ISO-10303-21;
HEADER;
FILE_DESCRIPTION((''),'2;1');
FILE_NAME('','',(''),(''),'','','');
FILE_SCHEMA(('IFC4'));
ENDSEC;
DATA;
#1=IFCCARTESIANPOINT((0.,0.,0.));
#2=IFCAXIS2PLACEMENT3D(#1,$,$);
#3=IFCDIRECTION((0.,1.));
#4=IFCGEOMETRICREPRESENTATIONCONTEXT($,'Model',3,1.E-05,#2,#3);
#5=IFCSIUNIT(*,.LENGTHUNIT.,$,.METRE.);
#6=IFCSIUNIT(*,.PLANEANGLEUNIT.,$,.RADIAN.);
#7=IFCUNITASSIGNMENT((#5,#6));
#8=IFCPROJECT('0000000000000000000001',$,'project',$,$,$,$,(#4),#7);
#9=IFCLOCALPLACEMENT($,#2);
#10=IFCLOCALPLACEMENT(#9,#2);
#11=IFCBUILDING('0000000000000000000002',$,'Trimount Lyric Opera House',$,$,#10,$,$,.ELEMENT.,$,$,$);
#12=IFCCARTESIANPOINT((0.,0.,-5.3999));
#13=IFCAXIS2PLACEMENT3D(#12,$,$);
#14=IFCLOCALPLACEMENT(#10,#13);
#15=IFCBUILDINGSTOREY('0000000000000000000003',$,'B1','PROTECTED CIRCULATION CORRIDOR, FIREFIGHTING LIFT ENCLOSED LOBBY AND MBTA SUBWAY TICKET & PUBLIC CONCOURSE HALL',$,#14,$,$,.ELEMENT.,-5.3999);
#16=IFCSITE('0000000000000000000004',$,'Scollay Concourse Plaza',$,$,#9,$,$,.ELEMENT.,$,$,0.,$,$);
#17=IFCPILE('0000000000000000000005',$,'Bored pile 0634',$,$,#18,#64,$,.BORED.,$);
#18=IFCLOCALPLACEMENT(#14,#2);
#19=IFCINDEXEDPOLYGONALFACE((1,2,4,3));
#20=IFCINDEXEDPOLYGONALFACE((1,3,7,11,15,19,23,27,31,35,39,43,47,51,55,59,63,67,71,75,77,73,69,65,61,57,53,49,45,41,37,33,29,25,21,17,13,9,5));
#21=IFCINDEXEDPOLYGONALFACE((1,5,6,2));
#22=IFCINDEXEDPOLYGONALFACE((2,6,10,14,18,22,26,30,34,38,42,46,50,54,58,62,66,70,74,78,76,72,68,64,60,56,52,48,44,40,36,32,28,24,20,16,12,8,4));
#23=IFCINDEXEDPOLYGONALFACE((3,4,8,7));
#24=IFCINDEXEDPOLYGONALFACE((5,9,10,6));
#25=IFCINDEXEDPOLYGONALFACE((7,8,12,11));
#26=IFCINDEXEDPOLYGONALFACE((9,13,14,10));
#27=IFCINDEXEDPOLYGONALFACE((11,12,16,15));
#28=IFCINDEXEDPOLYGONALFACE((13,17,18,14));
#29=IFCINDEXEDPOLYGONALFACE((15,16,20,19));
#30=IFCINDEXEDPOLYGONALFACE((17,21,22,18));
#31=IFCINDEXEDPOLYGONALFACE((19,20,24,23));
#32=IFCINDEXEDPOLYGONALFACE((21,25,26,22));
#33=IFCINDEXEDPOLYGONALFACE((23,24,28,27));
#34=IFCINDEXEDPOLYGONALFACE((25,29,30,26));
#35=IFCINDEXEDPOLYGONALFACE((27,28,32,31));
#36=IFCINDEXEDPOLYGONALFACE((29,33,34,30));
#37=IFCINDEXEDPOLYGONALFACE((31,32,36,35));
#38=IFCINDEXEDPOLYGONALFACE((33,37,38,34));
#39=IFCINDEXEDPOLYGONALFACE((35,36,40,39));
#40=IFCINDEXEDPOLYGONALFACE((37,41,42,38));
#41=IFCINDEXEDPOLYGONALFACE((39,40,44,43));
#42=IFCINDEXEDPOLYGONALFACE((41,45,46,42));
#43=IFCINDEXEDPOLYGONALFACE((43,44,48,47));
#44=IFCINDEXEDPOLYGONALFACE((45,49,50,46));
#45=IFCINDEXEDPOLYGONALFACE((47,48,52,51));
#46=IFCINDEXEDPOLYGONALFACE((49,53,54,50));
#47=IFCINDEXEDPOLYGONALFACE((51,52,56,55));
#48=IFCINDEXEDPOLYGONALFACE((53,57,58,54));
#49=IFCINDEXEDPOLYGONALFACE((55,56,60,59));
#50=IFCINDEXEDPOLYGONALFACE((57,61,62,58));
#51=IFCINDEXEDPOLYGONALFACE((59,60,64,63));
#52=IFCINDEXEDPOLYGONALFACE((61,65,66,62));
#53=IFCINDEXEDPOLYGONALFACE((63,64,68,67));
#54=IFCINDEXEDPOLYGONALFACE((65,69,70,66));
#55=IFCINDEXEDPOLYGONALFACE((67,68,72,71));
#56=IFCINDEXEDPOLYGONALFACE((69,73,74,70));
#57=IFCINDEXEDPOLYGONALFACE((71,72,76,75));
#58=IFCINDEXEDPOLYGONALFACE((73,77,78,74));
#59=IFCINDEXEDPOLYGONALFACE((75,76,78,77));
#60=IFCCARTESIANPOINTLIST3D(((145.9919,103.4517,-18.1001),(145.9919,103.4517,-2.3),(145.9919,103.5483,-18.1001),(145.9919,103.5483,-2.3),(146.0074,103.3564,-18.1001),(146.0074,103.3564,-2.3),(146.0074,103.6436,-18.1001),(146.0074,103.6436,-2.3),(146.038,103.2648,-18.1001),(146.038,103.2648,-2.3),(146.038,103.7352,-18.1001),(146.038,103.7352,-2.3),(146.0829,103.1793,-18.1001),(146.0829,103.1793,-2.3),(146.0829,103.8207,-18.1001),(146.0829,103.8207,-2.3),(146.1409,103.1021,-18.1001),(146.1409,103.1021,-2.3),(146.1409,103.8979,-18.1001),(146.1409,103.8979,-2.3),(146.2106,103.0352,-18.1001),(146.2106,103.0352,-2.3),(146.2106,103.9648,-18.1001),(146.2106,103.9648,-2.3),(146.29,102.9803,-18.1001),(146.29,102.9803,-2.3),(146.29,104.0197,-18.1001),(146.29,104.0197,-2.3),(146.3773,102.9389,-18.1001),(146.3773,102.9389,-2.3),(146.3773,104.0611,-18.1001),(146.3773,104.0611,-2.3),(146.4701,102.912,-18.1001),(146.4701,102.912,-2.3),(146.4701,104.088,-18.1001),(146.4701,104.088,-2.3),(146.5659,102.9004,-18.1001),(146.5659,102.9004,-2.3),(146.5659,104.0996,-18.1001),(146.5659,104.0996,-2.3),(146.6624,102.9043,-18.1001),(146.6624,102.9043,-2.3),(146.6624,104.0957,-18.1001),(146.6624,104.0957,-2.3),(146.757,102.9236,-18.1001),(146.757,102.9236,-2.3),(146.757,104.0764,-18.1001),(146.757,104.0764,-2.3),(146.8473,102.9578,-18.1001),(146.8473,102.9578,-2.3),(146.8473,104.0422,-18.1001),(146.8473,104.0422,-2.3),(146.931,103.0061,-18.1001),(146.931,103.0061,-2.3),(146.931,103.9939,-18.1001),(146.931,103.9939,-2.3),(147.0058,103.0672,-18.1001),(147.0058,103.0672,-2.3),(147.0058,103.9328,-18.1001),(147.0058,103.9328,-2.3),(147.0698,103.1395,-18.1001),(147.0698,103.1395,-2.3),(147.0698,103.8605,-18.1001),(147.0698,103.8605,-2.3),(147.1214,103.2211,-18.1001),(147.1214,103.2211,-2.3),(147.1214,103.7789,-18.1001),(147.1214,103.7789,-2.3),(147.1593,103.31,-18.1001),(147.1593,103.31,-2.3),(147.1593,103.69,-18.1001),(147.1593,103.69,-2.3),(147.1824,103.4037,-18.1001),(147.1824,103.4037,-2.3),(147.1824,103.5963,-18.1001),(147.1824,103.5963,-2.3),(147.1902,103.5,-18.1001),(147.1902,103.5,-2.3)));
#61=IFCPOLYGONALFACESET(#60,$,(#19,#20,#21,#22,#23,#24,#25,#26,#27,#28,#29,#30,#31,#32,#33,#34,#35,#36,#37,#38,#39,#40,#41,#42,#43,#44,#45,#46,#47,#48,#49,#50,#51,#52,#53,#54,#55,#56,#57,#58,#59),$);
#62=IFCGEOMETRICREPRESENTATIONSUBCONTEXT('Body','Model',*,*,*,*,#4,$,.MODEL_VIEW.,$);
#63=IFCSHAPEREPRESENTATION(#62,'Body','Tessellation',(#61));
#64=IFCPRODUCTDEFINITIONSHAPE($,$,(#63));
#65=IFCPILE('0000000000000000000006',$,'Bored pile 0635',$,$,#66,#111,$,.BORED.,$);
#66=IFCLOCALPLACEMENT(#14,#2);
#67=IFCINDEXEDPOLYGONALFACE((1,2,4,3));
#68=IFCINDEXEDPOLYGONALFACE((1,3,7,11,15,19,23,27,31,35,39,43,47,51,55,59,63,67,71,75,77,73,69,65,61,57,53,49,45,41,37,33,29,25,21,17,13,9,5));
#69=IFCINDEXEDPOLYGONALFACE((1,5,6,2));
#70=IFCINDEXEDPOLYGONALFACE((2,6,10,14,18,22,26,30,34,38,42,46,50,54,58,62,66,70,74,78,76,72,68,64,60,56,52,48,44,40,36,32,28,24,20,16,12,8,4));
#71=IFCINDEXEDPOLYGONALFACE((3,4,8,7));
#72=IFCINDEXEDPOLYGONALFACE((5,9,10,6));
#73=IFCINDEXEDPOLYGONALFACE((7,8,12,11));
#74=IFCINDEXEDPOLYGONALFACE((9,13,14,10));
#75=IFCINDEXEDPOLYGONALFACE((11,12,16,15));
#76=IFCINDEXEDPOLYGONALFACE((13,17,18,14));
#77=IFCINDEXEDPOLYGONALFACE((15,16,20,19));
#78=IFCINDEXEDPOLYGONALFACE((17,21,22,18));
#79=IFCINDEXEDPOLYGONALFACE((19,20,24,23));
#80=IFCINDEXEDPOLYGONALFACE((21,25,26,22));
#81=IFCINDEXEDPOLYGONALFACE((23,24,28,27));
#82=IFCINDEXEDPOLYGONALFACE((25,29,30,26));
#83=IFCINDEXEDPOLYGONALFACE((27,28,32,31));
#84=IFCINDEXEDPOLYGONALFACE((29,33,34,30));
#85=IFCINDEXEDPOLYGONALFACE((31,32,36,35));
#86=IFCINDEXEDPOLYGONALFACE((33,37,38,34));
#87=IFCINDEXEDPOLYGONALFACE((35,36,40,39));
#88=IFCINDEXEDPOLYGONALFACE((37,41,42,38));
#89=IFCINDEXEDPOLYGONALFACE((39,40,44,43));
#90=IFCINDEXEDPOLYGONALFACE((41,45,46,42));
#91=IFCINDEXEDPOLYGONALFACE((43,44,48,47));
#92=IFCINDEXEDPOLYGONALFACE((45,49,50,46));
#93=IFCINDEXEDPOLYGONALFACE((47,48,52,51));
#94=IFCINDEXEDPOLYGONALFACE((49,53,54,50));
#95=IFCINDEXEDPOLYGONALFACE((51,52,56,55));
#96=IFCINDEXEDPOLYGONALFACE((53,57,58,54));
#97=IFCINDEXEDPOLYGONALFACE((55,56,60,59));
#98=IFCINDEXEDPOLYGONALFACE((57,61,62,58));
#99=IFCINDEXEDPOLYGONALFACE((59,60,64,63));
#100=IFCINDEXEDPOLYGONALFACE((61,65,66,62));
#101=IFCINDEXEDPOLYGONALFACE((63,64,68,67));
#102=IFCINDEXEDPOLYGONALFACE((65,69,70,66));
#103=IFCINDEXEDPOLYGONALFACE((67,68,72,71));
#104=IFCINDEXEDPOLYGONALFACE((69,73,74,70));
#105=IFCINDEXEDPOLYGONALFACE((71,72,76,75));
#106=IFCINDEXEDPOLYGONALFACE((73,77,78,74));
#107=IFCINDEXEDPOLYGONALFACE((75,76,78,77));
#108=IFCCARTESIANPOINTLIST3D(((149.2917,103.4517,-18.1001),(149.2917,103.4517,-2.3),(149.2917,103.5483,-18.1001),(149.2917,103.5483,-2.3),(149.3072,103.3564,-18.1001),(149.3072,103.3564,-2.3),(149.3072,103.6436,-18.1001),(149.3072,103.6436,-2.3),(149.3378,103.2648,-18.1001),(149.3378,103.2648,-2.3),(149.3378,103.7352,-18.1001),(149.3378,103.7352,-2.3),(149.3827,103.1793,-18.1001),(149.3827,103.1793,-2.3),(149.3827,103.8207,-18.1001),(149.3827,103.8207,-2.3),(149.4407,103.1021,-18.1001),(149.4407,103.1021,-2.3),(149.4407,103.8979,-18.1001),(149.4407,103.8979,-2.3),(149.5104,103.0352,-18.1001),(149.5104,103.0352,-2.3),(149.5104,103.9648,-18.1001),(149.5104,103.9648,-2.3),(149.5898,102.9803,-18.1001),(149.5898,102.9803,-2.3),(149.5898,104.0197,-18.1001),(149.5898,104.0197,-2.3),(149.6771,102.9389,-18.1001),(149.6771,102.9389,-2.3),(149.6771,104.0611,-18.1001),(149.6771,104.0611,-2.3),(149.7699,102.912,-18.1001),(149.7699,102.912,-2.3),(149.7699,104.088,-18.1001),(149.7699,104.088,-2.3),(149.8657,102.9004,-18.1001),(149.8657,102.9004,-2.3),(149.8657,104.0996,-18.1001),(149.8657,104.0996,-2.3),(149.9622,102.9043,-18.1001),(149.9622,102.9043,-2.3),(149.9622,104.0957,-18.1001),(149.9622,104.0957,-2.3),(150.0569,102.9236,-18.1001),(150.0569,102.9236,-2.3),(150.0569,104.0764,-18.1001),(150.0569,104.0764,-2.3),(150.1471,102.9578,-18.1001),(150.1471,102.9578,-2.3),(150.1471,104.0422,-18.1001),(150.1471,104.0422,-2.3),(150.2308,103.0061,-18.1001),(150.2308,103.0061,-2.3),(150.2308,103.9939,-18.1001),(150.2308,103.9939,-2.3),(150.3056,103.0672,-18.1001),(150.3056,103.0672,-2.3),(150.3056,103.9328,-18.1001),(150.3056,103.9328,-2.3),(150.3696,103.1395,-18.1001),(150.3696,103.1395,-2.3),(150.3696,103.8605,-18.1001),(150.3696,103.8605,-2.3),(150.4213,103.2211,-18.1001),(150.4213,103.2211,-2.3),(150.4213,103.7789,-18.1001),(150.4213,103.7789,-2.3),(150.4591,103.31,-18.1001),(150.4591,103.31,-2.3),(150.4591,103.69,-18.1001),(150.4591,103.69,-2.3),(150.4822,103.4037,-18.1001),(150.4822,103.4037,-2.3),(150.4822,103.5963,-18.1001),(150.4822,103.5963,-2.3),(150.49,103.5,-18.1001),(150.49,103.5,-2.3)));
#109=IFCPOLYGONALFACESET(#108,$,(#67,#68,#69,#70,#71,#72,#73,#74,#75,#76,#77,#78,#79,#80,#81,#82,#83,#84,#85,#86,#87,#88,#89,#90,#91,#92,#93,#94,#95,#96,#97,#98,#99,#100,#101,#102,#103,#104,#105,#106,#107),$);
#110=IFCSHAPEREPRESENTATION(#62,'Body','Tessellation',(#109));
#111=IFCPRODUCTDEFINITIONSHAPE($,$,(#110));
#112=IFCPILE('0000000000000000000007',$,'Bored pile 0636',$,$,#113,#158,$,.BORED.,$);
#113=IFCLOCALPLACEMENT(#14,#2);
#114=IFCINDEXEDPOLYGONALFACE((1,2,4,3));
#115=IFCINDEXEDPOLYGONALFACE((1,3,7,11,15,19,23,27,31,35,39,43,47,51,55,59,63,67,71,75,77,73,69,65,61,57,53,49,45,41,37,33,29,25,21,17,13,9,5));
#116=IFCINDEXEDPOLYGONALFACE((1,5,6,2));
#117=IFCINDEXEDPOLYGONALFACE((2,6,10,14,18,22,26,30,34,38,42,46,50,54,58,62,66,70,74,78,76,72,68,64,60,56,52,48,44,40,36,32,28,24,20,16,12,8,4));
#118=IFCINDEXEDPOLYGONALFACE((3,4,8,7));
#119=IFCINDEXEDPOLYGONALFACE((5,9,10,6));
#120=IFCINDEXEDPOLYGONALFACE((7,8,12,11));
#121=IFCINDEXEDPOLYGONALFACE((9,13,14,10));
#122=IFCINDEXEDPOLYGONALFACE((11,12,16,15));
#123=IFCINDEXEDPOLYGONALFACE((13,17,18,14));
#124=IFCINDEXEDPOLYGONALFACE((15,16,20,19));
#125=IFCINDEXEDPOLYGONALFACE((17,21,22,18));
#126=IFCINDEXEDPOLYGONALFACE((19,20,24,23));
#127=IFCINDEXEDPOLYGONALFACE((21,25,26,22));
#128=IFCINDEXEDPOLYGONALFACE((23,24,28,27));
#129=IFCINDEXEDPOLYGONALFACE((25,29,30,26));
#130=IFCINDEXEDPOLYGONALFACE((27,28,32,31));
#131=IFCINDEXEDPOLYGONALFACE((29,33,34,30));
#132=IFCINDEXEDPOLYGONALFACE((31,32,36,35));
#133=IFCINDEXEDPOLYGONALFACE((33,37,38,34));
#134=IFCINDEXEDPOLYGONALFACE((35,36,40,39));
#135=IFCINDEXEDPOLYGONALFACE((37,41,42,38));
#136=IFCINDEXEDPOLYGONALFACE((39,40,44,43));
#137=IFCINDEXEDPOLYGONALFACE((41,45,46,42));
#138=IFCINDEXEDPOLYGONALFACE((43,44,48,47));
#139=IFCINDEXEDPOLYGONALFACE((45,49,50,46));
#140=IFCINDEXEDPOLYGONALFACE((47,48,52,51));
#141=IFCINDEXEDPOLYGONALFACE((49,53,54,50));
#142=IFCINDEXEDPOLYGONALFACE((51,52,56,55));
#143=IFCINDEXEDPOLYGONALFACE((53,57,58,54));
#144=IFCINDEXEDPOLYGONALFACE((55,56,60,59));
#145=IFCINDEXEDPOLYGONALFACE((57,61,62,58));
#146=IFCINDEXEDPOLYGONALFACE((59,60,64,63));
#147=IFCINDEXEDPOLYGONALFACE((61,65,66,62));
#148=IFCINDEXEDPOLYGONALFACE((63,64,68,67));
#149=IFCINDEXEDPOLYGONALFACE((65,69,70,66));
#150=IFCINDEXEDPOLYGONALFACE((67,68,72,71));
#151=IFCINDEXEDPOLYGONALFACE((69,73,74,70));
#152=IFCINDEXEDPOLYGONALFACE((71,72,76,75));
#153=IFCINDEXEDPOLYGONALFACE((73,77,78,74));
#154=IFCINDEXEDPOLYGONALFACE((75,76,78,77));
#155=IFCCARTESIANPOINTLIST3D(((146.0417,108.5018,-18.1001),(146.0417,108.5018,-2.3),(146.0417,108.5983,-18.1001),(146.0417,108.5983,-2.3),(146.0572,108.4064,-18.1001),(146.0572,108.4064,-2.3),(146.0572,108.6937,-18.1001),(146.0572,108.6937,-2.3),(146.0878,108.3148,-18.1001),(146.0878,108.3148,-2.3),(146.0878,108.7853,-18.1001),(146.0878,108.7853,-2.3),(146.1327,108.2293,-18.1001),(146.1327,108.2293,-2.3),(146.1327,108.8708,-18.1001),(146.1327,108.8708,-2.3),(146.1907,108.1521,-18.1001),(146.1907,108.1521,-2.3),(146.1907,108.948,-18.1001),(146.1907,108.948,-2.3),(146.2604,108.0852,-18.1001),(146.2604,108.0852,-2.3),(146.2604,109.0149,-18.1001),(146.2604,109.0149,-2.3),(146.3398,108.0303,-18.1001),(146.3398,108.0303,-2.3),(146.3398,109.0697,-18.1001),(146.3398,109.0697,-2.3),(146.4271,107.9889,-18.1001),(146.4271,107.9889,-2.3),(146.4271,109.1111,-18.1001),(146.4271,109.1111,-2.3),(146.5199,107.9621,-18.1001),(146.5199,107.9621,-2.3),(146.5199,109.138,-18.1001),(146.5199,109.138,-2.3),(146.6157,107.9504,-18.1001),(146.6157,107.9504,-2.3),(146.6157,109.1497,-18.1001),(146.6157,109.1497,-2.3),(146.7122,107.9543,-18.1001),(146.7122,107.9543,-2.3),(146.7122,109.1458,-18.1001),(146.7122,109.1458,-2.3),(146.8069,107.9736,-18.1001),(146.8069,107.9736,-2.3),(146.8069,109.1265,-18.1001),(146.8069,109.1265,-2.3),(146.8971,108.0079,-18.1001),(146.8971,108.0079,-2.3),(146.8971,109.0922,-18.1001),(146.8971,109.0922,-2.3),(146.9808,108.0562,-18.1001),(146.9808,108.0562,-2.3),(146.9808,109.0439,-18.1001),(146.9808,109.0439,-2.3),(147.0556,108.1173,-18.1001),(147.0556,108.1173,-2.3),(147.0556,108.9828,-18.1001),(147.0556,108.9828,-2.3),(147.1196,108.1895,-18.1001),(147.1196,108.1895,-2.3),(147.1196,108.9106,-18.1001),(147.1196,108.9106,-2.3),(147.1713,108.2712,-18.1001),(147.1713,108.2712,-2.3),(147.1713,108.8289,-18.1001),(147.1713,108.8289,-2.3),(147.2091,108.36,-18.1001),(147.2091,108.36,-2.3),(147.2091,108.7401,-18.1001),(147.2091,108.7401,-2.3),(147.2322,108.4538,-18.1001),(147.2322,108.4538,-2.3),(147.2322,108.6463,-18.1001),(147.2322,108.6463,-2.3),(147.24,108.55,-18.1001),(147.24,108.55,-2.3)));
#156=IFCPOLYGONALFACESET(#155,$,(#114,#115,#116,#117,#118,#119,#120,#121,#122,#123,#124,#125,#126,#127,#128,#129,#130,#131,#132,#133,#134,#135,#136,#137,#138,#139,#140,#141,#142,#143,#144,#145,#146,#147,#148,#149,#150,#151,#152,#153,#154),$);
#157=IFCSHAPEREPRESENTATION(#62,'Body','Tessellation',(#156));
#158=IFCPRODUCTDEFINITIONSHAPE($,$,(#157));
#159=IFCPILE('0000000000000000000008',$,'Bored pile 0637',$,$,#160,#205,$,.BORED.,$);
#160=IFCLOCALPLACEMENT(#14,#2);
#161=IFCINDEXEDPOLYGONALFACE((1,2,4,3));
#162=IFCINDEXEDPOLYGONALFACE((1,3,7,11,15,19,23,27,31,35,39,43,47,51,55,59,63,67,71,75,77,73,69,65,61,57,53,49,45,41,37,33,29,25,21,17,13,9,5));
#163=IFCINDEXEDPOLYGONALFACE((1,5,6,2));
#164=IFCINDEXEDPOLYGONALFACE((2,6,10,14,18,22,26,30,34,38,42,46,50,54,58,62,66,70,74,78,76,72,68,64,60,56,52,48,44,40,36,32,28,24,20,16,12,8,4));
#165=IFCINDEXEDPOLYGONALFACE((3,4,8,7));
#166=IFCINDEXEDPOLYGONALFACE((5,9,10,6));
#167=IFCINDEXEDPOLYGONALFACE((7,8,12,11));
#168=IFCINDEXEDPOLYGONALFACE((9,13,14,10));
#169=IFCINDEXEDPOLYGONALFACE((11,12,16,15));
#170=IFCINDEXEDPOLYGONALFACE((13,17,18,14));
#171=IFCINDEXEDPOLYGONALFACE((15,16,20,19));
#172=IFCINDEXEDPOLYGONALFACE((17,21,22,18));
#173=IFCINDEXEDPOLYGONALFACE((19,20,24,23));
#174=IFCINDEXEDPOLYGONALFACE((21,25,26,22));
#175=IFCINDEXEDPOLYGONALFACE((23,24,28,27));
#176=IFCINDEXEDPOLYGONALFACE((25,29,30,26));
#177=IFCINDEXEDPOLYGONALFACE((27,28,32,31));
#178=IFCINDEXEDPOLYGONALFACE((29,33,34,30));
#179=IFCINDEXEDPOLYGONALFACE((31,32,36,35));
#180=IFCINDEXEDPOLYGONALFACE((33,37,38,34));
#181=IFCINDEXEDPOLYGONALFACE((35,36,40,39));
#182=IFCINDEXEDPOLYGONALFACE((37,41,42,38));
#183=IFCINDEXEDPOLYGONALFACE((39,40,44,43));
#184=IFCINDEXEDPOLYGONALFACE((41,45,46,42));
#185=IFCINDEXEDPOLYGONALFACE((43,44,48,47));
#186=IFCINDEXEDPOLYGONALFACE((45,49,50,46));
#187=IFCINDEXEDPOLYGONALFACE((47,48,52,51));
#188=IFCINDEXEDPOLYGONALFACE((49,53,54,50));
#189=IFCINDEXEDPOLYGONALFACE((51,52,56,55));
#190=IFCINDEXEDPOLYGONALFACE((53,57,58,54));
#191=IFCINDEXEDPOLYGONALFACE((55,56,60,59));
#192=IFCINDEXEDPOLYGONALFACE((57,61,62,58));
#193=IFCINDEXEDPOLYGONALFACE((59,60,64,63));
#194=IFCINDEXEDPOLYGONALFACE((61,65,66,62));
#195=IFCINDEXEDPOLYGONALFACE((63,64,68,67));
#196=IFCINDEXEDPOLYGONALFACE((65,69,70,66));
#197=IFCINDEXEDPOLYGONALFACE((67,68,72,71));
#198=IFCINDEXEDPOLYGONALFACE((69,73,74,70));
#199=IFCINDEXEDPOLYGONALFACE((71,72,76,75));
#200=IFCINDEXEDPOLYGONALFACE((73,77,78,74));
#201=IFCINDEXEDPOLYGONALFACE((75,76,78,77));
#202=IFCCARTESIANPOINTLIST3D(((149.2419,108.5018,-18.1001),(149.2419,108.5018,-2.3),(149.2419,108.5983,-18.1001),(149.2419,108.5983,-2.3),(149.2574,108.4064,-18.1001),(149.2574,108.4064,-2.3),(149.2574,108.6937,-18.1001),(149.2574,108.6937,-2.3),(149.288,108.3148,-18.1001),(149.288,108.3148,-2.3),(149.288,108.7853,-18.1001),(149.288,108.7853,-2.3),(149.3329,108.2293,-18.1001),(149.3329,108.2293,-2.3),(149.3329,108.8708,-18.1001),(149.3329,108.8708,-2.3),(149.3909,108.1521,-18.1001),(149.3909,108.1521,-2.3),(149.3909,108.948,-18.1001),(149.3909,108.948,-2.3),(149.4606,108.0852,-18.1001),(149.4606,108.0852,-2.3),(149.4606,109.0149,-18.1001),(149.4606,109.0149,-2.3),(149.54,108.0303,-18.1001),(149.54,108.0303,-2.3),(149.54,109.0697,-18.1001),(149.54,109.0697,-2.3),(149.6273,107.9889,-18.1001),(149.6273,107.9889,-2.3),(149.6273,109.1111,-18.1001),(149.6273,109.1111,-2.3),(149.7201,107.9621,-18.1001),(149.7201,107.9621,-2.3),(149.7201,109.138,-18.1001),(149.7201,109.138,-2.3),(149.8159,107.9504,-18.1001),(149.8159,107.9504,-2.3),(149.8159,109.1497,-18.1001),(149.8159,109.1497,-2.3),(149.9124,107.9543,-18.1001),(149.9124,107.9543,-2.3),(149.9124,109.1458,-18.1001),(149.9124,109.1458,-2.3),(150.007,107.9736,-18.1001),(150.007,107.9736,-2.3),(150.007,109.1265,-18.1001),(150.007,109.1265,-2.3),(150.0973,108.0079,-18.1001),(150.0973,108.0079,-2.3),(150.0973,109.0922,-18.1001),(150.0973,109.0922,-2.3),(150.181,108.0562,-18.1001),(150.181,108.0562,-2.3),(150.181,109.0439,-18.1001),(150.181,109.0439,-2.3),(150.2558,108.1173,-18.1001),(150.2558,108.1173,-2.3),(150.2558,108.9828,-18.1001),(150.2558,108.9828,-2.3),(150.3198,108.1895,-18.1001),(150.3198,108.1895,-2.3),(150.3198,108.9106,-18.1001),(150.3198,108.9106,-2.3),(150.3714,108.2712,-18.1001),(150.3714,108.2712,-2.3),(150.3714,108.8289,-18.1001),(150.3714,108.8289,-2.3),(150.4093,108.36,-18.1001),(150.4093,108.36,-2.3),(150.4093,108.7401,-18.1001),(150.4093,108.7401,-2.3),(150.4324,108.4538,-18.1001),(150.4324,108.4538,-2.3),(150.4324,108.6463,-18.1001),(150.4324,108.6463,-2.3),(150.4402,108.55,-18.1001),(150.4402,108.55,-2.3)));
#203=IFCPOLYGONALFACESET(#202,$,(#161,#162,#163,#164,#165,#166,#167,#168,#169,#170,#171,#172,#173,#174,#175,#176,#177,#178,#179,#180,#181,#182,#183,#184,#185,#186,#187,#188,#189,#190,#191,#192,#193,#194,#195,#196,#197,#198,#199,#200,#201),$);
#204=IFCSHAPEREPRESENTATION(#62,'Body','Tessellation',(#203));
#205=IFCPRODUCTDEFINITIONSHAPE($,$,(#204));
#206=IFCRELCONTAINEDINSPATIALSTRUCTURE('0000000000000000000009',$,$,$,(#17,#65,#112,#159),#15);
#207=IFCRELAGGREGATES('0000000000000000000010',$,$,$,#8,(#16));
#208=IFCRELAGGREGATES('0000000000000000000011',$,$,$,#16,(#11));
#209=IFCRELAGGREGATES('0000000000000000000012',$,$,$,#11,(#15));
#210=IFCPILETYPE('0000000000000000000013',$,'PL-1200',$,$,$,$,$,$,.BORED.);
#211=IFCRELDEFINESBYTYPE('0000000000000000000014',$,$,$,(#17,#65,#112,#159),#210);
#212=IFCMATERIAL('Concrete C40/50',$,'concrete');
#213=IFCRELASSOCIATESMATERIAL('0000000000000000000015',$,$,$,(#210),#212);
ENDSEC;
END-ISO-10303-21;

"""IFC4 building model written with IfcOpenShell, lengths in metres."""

from ifc_helpers import new_model, si_unit, direction, frame, origin, origin_2d, place, context, subcontext, project, spatial, circle, extrude, material, material_profile, profile_set, type_object, element, save


model = new_model("IFC4")

# Units and contexts
model_context = context("Model", 3, precision=1e-05, world=origin(), true_north=direction((0.0, 1.0)))
body_context = subcontext(model_context, "Body", "Model", "MODEL_VIEW")
ifc_project = project(units=[si_unit("LENGTHUNIT", "METRE"), si_unit("PLANEANGLEUNIT", "RADIAN")], contexts=[model_context])

# Site, building, storey
site_placement = place(None, origin())
site = spatial("IfcSite", under=ifc_project, at=site_placement, Name="Scollay Concourse Plaza", CompositionType="ELEMENT", RefElevation=0.0)
building_placement = place(site_placement, origin())
building = spatial("IfcBuilding", under=site, at=building_placement, Name="Trimount Lyric Opera House", CompositionType="ELEMENT")
storey_placement = place(building_placement, frame((0.0, 0.0, -5.3999)))
storey = spatial("IfcBuildingStorey", under=building, at=storey_placement, Name="B1", Description="PROTECTED CIRCULATION CORRIDOR, FIREFIGHTING LIFT ENCLOSED LOBBY AND MBTA SUBWAY TICKET & PUBLIC CONCOURSE HALL", CompositionType="ELEMENT", Elevation=-5.3999)

# Piles
ifc_material_1 = material(Name="Concrete C40/50", Category="concrete")
ifc_material_profile_1 = material_profile(ifc_material_1, circle(Radius=0.6001, at=origin_2d()), Name="PILE-D1200")
ifc_profile_set_1 = profile_set([ifc_material_profile_1], Name="Concrete C40/50")
pile_type_1 = type_object("IfcPileType", Name="PL-1200", PredefinedType="BORED", material=ifc_profile_set_1)
for number, where, z_axis, x_axis, name in (
    (1, (146.5901, 103.5, -2.3), (0.0, 0.0, -1.0), (1.0, 0.0, 0.0), "Bored pile 0634"),
    (2, (149.8899, 103.5, -2.3), (0.0, 0.0, -1.0), (1.0, 0.0, 0.0), "Bored pile 0635"),
    (3, (146.6399, 108.55, -2.3), (0.0, 0.0, -1.0), (1.0, 0.0, 0.0), "Bored pile 0636"),
    (4, (149.8401, 108.55, -2.3), (0.0, 0.0, -1.0), (1.0, 0.0, 0.0), "Bored pile 0637"),
):
    element("IfcPile", number, at=place(storey_placement, frame(where, z_axis=z_axis, x_axis=x_axis)), inside=storey, type_object=pile_type_1, Name=name, PredefinedType="BORED", context=body_context, shape_type="SweptSolid", body=[
        extrude(circle(Radius=0.6001, at=origin_2d()), origin(), (0.0, 0.0, 1.0), 15.8),
    ])

save(model, "model.ifc")
